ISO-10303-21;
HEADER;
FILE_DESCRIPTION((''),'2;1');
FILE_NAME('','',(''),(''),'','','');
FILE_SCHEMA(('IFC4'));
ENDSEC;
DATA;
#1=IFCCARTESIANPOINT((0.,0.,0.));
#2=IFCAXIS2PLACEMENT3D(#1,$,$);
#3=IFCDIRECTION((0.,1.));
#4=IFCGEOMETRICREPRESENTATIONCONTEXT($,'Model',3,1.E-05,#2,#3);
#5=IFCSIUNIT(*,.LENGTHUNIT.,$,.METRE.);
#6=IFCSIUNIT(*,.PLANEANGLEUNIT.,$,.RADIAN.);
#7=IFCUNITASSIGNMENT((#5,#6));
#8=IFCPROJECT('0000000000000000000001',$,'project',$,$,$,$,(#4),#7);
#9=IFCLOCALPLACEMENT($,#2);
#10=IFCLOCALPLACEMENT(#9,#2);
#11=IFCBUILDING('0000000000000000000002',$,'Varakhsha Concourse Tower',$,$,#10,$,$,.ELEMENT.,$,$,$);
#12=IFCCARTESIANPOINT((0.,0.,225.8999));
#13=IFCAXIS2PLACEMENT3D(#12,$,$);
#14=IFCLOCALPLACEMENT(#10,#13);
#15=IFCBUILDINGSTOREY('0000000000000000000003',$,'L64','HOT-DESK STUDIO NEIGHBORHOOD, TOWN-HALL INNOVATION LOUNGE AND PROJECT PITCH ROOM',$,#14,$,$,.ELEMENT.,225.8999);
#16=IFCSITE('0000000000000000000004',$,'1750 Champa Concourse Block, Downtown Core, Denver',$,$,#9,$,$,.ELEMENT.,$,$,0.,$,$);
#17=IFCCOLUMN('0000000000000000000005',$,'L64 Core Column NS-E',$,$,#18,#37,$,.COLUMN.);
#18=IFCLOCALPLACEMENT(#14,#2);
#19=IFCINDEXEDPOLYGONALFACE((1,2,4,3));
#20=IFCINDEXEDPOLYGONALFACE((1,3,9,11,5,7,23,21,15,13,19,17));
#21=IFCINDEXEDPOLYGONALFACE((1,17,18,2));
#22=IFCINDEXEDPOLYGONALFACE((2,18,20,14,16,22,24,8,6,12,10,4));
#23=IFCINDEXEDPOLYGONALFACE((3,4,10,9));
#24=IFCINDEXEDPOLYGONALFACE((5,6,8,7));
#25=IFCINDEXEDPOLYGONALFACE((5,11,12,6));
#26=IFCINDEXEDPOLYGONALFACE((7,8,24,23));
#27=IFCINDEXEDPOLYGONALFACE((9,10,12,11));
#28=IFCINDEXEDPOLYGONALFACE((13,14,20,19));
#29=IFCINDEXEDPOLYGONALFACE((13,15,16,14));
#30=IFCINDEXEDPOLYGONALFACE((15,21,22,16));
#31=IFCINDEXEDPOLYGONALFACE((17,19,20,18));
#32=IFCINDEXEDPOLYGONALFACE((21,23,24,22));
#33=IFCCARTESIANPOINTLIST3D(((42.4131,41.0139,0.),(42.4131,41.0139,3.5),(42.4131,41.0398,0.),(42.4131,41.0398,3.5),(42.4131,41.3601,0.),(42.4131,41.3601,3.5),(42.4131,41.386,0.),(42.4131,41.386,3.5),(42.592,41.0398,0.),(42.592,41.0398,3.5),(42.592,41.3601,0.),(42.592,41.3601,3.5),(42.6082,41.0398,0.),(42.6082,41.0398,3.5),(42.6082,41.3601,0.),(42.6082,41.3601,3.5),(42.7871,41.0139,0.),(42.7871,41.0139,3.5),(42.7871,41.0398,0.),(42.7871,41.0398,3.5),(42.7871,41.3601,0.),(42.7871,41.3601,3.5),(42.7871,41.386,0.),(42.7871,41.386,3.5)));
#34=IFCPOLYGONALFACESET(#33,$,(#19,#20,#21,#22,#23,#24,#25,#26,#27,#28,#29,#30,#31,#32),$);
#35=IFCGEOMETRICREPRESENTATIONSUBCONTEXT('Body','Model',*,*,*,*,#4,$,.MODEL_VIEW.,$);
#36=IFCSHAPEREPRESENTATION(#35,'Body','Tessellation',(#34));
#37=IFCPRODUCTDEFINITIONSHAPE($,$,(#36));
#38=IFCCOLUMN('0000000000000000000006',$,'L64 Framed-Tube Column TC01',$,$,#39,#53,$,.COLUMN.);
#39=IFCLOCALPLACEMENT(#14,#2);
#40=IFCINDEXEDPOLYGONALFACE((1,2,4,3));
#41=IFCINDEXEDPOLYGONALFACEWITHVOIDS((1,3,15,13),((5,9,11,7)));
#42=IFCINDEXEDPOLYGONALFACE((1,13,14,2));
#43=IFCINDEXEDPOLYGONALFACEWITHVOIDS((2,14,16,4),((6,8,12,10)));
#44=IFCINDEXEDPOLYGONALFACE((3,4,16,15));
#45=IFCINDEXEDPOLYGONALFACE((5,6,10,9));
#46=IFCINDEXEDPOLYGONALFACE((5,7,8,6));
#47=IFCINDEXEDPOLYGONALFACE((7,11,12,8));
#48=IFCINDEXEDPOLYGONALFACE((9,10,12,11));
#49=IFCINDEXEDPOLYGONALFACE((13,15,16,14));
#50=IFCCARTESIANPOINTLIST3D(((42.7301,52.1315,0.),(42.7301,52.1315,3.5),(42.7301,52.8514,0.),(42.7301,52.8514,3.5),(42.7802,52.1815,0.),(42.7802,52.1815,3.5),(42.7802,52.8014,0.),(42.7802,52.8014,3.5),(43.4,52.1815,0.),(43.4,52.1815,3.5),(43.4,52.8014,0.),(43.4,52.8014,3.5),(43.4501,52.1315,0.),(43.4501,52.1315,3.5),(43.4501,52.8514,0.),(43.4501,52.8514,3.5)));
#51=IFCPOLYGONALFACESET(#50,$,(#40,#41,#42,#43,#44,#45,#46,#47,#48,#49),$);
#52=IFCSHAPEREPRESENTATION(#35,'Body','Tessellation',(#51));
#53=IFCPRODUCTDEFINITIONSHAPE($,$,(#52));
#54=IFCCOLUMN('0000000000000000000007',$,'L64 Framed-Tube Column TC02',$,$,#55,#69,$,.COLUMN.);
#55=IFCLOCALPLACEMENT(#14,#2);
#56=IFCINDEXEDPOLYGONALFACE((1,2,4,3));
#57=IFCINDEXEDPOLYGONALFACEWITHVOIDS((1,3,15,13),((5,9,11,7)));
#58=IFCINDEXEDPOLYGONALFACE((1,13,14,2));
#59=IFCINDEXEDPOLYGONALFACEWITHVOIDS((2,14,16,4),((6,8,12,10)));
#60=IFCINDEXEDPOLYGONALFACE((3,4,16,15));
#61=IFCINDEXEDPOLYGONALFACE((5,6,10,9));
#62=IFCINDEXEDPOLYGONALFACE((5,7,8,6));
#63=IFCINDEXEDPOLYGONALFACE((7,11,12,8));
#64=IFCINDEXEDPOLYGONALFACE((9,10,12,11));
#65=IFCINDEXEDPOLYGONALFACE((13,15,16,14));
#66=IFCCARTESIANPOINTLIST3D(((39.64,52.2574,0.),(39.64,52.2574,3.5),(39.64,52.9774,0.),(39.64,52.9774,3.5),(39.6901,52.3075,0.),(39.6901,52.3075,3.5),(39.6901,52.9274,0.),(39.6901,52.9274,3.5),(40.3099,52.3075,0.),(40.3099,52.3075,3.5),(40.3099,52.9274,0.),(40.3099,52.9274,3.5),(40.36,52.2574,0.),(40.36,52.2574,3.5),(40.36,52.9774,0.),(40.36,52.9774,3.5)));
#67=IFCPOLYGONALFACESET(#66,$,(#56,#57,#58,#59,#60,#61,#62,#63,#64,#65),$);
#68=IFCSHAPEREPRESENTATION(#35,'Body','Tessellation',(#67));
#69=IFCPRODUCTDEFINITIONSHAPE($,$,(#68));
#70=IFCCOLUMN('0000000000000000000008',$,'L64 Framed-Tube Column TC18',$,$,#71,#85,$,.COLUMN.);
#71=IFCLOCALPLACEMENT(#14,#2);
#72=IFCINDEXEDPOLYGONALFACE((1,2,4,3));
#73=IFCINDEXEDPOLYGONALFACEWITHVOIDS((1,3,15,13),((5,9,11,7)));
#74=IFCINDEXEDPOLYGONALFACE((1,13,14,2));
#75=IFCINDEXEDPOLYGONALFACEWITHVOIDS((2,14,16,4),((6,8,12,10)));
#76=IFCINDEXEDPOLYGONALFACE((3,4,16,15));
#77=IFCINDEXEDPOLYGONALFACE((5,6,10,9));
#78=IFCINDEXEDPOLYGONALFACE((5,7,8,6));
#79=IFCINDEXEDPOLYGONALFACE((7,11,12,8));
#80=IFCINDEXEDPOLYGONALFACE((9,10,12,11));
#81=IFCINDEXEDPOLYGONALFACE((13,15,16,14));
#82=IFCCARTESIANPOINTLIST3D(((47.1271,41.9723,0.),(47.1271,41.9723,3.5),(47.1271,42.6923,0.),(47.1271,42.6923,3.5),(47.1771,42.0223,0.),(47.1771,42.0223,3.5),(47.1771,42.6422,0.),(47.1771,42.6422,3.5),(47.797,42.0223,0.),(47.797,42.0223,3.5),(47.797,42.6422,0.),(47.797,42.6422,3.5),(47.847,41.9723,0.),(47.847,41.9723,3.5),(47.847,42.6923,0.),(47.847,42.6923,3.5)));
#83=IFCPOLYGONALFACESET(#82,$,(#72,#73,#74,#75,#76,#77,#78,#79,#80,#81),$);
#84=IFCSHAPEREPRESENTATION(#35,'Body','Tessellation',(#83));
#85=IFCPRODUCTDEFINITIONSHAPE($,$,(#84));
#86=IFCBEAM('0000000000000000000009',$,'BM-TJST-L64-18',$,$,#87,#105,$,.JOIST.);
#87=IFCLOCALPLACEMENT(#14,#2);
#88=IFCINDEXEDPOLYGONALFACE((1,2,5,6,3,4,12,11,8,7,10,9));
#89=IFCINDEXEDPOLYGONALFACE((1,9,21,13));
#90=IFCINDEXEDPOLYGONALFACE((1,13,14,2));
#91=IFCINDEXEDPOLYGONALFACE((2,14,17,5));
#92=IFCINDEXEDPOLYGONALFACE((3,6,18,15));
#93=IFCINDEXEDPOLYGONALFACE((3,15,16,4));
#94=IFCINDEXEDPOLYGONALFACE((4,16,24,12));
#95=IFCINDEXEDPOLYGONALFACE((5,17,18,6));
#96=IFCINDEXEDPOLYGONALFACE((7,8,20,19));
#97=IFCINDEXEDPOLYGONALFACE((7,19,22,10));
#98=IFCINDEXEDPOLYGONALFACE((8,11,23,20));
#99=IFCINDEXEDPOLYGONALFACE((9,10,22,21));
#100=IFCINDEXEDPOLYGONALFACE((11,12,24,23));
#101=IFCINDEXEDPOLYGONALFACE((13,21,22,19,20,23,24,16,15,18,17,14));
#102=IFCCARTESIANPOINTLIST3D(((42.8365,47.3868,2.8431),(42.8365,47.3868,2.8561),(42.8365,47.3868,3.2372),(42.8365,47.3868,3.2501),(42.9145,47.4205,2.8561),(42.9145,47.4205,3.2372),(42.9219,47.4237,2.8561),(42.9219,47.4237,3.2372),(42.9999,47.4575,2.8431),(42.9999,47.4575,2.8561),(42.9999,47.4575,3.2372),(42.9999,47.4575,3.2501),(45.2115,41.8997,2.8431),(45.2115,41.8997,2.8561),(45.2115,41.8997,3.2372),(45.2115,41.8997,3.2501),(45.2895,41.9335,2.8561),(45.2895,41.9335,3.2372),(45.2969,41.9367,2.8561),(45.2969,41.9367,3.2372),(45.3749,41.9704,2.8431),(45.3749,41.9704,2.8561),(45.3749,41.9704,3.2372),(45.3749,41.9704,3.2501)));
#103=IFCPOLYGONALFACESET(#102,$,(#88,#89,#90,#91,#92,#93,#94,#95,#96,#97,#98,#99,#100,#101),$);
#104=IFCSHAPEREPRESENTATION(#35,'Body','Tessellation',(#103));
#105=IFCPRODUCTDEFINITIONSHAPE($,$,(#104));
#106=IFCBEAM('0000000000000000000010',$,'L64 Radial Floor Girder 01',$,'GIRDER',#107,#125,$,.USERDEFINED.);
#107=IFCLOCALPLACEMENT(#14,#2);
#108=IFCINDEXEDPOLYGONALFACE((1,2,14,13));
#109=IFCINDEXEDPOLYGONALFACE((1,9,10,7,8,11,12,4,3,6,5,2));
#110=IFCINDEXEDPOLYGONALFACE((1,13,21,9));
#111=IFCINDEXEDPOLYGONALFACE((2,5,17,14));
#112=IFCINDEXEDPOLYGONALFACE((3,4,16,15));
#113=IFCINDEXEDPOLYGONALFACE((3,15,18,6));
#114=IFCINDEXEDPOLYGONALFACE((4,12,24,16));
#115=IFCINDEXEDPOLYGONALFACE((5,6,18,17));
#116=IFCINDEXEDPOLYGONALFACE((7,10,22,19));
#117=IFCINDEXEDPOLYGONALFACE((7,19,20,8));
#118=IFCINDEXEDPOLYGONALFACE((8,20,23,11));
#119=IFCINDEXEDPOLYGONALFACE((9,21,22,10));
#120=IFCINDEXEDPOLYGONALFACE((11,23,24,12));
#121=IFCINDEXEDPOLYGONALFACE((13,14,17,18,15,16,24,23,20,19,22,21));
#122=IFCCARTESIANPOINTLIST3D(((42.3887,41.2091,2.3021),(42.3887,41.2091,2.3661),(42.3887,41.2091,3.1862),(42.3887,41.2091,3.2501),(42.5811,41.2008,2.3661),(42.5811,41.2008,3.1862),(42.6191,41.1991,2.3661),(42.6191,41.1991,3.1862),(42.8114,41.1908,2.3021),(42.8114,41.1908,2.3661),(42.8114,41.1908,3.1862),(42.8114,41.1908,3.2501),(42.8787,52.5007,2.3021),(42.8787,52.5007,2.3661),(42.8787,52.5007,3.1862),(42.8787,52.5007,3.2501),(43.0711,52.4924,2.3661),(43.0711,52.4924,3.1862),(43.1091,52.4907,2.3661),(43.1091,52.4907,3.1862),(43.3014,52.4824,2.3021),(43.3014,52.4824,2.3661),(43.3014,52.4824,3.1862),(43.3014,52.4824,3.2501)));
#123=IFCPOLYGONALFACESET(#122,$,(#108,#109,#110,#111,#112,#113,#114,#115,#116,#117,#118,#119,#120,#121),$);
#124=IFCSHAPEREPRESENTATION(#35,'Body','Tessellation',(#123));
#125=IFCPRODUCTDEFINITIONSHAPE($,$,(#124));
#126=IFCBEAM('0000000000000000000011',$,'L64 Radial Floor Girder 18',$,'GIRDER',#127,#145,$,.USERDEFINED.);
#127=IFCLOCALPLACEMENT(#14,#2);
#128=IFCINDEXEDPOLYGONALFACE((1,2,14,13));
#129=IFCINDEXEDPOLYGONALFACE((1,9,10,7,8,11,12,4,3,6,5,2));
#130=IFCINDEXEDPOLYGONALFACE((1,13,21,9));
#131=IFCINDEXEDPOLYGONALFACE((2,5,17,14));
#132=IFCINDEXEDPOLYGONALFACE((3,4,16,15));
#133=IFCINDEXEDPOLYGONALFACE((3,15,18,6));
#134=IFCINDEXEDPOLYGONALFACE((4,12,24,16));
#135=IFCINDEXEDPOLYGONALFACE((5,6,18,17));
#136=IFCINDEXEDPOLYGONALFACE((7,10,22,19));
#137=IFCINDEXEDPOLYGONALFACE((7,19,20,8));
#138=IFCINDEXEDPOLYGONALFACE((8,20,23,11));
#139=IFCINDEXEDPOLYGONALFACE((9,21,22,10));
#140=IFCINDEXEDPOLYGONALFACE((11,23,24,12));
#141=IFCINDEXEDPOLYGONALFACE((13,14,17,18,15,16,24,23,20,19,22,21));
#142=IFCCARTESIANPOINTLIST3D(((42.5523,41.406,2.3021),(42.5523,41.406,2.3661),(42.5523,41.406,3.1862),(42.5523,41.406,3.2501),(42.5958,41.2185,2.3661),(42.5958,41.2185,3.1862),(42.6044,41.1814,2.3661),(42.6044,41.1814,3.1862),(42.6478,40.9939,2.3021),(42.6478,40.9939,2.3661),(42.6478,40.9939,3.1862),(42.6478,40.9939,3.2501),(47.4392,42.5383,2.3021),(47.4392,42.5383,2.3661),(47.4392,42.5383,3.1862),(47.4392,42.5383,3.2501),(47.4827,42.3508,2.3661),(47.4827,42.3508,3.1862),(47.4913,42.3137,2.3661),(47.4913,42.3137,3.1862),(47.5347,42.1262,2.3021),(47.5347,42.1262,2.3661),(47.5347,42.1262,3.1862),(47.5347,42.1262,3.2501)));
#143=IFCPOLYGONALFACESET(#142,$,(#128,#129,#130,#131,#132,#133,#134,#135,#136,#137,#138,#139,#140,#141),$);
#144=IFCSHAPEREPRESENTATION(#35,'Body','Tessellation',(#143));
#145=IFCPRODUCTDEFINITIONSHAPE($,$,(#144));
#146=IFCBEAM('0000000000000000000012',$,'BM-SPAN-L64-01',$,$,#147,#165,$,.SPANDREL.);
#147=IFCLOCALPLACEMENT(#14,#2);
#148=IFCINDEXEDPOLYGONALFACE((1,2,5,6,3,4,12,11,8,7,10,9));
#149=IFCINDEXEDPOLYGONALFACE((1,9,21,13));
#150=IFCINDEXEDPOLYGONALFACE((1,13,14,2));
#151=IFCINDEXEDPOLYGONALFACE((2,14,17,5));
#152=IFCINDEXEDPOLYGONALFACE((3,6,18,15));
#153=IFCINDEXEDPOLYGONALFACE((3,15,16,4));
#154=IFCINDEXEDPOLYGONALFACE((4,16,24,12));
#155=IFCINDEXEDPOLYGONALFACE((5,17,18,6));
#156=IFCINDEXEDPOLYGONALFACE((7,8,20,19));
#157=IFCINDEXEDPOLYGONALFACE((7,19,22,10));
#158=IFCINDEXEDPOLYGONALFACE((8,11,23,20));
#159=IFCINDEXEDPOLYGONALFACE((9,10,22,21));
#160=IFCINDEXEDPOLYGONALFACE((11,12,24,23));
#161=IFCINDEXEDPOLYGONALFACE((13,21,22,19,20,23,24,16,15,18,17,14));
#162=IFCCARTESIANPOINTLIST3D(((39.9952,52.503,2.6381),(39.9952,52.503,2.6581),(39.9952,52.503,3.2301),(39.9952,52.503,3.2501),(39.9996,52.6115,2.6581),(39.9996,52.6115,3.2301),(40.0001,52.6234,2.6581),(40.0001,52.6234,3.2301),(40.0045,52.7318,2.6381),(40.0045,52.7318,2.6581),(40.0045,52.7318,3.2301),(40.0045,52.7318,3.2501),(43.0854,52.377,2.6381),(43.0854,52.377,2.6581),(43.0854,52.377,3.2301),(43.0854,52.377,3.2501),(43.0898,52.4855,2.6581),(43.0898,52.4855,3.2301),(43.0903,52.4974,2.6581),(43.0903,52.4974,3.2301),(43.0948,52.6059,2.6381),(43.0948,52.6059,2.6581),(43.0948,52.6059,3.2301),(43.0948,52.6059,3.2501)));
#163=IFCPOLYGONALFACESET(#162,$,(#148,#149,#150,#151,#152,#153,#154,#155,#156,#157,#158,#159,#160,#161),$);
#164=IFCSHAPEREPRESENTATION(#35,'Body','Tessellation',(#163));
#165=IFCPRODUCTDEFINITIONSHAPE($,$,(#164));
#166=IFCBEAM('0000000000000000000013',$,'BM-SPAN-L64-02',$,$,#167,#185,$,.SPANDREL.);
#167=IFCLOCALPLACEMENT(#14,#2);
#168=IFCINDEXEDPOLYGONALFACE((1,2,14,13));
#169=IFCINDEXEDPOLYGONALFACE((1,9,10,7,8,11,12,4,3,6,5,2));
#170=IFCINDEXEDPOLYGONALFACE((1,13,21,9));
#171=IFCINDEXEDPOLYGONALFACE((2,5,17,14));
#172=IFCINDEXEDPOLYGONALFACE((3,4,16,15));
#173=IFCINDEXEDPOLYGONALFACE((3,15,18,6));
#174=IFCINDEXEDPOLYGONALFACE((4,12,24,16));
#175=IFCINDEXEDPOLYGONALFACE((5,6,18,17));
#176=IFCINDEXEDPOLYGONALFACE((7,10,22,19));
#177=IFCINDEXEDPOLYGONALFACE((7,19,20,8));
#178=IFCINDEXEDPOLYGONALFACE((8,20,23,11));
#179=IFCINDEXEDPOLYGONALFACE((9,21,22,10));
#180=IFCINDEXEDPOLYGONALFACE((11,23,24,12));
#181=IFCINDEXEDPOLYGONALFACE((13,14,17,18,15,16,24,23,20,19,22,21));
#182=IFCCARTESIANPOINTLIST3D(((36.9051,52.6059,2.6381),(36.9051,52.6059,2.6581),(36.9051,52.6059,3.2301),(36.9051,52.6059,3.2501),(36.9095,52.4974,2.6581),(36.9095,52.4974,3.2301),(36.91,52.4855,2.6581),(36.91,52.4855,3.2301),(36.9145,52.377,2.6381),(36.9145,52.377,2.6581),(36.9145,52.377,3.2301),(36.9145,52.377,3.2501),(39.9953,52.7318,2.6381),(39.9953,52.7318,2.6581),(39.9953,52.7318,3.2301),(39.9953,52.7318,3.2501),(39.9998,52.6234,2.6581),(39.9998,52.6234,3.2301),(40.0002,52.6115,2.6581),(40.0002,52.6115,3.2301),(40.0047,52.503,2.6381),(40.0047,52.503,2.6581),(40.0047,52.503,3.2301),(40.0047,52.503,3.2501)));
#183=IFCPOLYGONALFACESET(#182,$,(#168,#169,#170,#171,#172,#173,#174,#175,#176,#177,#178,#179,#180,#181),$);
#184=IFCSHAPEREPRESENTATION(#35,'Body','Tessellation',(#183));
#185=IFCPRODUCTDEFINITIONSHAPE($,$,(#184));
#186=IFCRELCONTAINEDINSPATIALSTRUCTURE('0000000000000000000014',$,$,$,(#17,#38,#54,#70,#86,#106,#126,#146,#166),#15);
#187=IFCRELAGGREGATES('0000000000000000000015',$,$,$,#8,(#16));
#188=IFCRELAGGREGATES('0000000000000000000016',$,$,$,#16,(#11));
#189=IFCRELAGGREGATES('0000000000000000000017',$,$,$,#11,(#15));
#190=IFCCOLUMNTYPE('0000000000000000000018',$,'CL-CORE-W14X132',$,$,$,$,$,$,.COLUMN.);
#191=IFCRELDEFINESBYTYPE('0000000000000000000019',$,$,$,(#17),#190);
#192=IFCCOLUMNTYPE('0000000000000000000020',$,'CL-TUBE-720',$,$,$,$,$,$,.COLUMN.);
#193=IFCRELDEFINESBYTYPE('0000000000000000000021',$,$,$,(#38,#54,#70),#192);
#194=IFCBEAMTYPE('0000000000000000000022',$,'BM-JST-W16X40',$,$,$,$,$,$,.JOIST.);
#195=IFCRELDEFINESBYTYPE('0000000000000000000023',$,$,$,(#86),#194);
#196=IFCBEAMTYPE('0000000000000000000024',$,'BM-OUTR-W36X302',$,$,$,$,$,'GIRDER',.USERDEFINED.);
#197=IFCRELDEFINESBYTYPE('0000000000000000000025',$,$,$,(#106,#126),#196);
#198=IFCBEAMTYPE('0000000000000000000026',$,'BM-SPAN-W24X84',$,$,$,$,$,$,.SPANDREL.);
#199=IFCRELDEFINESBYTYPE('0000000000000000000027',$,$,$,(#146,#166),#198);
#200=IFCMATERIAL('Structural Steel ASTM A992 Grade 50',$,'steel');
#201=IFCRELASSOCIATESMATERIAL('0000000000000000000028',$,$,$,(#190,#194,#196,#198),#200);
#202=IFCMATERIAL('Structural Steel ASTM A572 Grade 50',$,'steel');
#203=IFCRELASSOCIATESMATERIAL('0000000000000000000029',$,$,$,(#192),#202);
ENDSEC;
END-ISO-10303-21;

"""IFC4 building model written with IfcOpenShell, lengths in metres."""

from ifc_helpers import new_model, si_unit, direction, frame, origin, origin_2d, place, context, subcontext, project, spatial, hollow_rectangle, i_section, extrude, material, material_profile, profile_set, type_object, element, save


model = new_model("IFC4")

# Units and contexts
model_context = context("Model", 3, precision=1e-05, world=origin(), true_north=direction((0.0, 1.0)))
body_context = subcontext(model_context, "Body", "Model", "MODEL_VIEW")
ifc_project = project(units=[si_unit("LENGTHUNIT", "METRE"), si_unit("PLANEANGLEUNIT", "RADIAN")], contexts=[model_context])

# Site, building, storey
site_placement = place(None, origin())
site = spatial("IfcSite", under=ifc_project, at=site_placement, Name="1750 Champa Concourse Block, Downtown Core, Denver", CompositionType="ELEMENT", RefElevation=0.0)
building_placement = place(site_placement, origin())
building = spatial("IfcBuilding", under=site, at=building_placement, Name="Varakhsha Concourse Tower", CompositionType="ELEMENT")
storey_placement = place(building_placement, frame((0.0, 0.0, 225.8999)))
storey = spatial("IfcBuildingStorey", under=building, at=storey_placement, Name="L64", Description="HOT-DESK STUDIO NEIGHBORHOOD, TOWN-HALL INNOVATION LOUNGE AND PROJECT PITCH ROOM", CompositionType="ELEMENT", Elevation=225.8999)

# Columns
ifc_material_1 = material(Name="Structural Steel ASTM A992 Grade 50", Category="steel")
ifc_material_profile_1 = material_profile(ifc_material_1, i_section(OverallWidth=0.374, OverallDepth=0.3721, WebThickness=0.0161, FlangeThickness=0.0259, at=origin_2d()), Name="W14X132")
ifc_profile_set_1 = profile_set([ifc_material_profile_1], Name="Structural Steel ASTM A992 Grade 50")
column_type_1 = type_object("IfcColumnType", Name="CL-CORE-W14X132", PredefinedType="COLUMN", material=ifc_profile_set_1)
column_placement = place(storey_placement, frame((42.6001, 41.2, 0.0), z_axis=(0.0, 0.0, 1.0), x_axis=(1.0, 0.0, 0.0)))
element("IfcColumn", 1, at=column_placement, inside=storey, type_object=column_type_1, Name="L64 Core Column NS-E", PredefinedType="COLUMN", context=body_context, shape_type="SweptSolid", body=[
    extrude(i_section(OverallWidth=0.374, OverallDepth=0.3721, WebThickness=0.0161, FlangeThickness=0.0259, at=origin_2d()), origin(), (0.0, 0.0, 1.0), 3.5),
])
ifc_material_2 = material(Name="Structural Steel ASTM A572 Grade 50", Category="steel")
ifc_material_profile_2 = material_profile(ifc_material_2, hollow_rectangle(XDim=0.72, YDim=0.72, WallThickness=0.05, at=origin_2d()), Name="BOX 720x720x50")
ifc_profile_set_2 = profile_set([ifc_material_profile_2], Name="Structural Steel ASTM A572 Grade 50")
column_type_2 = type_object("IfcColumnType", Name="CL-TUBE-720", PredefinedType="COLUMN", material=ifc_profile_set_2)
for number, where, z_axis, x_axis, name in (
    (2, (43.0901, 52.4915, 0.0), (0.0, 0.0, 1.0), (1.0, 0.0, 0.0), "L64 Framed-Tube Column TC01"),
    (3, (40.0, 52.6174, 0.0), (0.0, 0.0, 1.0), (1.0, 0.0, 0.0), "L64 Framed-Tube Column TC02"),
    (4, (47.4871, 42.3323, 0.0), (0.0, 0.0, 1.0), (1.0, 0.0, 0.0), "L64 Framed-Tube Column TC18"),
):
    element("IfcColumn", number, at=place(storey_placement, frame(where, z_axis=z_axis, x_axis=x_axis)), inside=storey, type_object=column_type_2, Name=name, PredefinedType="COLUMN", context=body_context, shape_type="SweptSolid", body=[
        extrude(hollow_rectangle(XDim=0.72, YDim=0.72, WallThickness=0.05, at=origin_2d()), origin(), (0.0, 0.0, 1.0), 3.5),
    ])

# Beams
ifc_material_profile_3 = material_profile(ifc_material_1, i_section(OverallWidth=0.178, OverallDepth=0.407, WebThickness=0.0081, FlangeThickness=0.0129, at=origin_2d()), Name="W16X40")
ifc_profile_set_3 = profile_set([ifc_material_profile_3], Name="Structural Steel ASTM A992 Grade 50")
beam_type_1 = type_object("IfcBeamType", Name="BM-JST-W16X40", PredefinedType="JOIST", material=ifc_profile_set_3)
beam_1_placement = place(storey_placement, frame((45.2932, 41.9351, 3.0466), z_axis=(-0.397224, 0.917722, 0.0), x_axis=(-0.917722, -0.397224, 0.0)))
element("IfcBeam", 5, at=beam_1_placement, inside=storey, type_object=beam_type_1, Name="BM-TJST-L64-18", PredefinedType="JOIST", context=body_context, shape_type="SweptSolid", body=[
    extrude(i_section(OverallWidth=0.178, OverallDepth=0.407, WebThickness=0.0081, FlangeThickness=0.0129, at=origin_2d()), origin(), (0.0, 0.0, 1.0), 5.979),
])
ifc_material_profile_4 = material_profile(ifc_material_1, i_section(OverallWidth=0.4231, OverallDepth=0.948, WebThickness=0.0381, FlangeThickness=0.064, at=origin_2d()), Name="W36X302")
ifc_profile_set_4 = profile_set([ifc_material_profile_4], Name="Structural Steel ASTM A992 Grade 50")
beam_type_2 = type_object("IfcBeamType", Name="BM-OUTR-W36X302", ElementType="GIRDER", PredefinedType="USERDEFINED", material=ifc_profile_set_4)
beam_2_placement = place(storey_placement, frame((42.6001, 41.2, 2.7761), z_axis=(0.043354, 0.99906, 0.0), x_axis=(-0.99906, 0.043354, 0.0)))
element("IfcBeam", 6, at=beam_2_placement, inside=storey, type_object=beam_type_2, Name="L64 Radial Floor Girder 01", ObjectType="GIRDER", PredefinedType="USERDEFINED", context=body_context, shape_type="SweptSolid", body=[
    extrude(i_section(OverallWidth=0.4231, OverallDepth=0.948, WebThickness=0.0381, FlangeThickness=0.064, at=origin_2d()), origin(), (0.0, 0.0, 1.0), 11.3022),
])
beam_3_placement = place(storey_placement, frame((42.6001, 41.2, 2.7761), z_axis=(0.974191, 0.225723, 0.0), x_axis=(-0.225723, 0.974191, 0.0)))
element("IfcBeam", 7, at=beam_3_placement, inside=storey, type_object=beam_type_2, Name="L64 Radial Floor Girder 18", ObjectType="GIRDER", PredefinedType="USERDEFINED", context=body_context, shape_type="SweptSolid", body=[
    extrude(i_section(OverallWidth=0.4231, OverallDepth=0.948, WebThickness=0.0381, FlangeThickness=0.064, at=origin_2d()), origin(), (0.0, 0.0, 1.0), 5.0164),
])
ifc_material_profile_5 = material_profile(ifc_material_1, i_section(OverallWidth=0.229, OverallDepth=0.6121, WebThickness=0.012, FlangeThickness=0.02, at=origin_2d()), Name="W24X84")
ifc_profile_set_5 = profile_set([ifc_material_profile_5], Name="Structural Steel ASTM A992 Grade 50")
beam_type_3 = type_object("IfcBeamType", Name="BM-SPAN-W24X84", PredefinedType="SPANDREL", material=ifc_profile_set_5)
for number, where, z_axis, x_axis, name in (
    (8, (43.0901, 52.4915, 2.9441), (-0.99917, 0.040734, 0.0), (-0.040734, -0.99917, 0.0), "BM-SPAN-L64-01"),
    (9, (40.0, 52.6174, 2.9441), (-0.99917, -0.040734, 0.0), (0.040734, -0.99917, 0.0), "BM-SPAN-L64-02"),
):
    element("IfcBeam", number, at=place(storey_placement, frame(where, z_axis=z_axis, x_axis=x_axis)), inside=storey, type_object=beam_type_3, Name=name, PredefinedType="SPANDREL", context=body_context, shape_type="SweptSolid", body=[
        extrude(i_section(OverallWidth=0.229, OverallDepth=0.6121, WebThickness=0.012, FlangeThickness=0.02, at=origin_2d()), origin(), (0.0, 0.0, 1.0), 3.0928),
    ])

save(model, "model.ifc")
